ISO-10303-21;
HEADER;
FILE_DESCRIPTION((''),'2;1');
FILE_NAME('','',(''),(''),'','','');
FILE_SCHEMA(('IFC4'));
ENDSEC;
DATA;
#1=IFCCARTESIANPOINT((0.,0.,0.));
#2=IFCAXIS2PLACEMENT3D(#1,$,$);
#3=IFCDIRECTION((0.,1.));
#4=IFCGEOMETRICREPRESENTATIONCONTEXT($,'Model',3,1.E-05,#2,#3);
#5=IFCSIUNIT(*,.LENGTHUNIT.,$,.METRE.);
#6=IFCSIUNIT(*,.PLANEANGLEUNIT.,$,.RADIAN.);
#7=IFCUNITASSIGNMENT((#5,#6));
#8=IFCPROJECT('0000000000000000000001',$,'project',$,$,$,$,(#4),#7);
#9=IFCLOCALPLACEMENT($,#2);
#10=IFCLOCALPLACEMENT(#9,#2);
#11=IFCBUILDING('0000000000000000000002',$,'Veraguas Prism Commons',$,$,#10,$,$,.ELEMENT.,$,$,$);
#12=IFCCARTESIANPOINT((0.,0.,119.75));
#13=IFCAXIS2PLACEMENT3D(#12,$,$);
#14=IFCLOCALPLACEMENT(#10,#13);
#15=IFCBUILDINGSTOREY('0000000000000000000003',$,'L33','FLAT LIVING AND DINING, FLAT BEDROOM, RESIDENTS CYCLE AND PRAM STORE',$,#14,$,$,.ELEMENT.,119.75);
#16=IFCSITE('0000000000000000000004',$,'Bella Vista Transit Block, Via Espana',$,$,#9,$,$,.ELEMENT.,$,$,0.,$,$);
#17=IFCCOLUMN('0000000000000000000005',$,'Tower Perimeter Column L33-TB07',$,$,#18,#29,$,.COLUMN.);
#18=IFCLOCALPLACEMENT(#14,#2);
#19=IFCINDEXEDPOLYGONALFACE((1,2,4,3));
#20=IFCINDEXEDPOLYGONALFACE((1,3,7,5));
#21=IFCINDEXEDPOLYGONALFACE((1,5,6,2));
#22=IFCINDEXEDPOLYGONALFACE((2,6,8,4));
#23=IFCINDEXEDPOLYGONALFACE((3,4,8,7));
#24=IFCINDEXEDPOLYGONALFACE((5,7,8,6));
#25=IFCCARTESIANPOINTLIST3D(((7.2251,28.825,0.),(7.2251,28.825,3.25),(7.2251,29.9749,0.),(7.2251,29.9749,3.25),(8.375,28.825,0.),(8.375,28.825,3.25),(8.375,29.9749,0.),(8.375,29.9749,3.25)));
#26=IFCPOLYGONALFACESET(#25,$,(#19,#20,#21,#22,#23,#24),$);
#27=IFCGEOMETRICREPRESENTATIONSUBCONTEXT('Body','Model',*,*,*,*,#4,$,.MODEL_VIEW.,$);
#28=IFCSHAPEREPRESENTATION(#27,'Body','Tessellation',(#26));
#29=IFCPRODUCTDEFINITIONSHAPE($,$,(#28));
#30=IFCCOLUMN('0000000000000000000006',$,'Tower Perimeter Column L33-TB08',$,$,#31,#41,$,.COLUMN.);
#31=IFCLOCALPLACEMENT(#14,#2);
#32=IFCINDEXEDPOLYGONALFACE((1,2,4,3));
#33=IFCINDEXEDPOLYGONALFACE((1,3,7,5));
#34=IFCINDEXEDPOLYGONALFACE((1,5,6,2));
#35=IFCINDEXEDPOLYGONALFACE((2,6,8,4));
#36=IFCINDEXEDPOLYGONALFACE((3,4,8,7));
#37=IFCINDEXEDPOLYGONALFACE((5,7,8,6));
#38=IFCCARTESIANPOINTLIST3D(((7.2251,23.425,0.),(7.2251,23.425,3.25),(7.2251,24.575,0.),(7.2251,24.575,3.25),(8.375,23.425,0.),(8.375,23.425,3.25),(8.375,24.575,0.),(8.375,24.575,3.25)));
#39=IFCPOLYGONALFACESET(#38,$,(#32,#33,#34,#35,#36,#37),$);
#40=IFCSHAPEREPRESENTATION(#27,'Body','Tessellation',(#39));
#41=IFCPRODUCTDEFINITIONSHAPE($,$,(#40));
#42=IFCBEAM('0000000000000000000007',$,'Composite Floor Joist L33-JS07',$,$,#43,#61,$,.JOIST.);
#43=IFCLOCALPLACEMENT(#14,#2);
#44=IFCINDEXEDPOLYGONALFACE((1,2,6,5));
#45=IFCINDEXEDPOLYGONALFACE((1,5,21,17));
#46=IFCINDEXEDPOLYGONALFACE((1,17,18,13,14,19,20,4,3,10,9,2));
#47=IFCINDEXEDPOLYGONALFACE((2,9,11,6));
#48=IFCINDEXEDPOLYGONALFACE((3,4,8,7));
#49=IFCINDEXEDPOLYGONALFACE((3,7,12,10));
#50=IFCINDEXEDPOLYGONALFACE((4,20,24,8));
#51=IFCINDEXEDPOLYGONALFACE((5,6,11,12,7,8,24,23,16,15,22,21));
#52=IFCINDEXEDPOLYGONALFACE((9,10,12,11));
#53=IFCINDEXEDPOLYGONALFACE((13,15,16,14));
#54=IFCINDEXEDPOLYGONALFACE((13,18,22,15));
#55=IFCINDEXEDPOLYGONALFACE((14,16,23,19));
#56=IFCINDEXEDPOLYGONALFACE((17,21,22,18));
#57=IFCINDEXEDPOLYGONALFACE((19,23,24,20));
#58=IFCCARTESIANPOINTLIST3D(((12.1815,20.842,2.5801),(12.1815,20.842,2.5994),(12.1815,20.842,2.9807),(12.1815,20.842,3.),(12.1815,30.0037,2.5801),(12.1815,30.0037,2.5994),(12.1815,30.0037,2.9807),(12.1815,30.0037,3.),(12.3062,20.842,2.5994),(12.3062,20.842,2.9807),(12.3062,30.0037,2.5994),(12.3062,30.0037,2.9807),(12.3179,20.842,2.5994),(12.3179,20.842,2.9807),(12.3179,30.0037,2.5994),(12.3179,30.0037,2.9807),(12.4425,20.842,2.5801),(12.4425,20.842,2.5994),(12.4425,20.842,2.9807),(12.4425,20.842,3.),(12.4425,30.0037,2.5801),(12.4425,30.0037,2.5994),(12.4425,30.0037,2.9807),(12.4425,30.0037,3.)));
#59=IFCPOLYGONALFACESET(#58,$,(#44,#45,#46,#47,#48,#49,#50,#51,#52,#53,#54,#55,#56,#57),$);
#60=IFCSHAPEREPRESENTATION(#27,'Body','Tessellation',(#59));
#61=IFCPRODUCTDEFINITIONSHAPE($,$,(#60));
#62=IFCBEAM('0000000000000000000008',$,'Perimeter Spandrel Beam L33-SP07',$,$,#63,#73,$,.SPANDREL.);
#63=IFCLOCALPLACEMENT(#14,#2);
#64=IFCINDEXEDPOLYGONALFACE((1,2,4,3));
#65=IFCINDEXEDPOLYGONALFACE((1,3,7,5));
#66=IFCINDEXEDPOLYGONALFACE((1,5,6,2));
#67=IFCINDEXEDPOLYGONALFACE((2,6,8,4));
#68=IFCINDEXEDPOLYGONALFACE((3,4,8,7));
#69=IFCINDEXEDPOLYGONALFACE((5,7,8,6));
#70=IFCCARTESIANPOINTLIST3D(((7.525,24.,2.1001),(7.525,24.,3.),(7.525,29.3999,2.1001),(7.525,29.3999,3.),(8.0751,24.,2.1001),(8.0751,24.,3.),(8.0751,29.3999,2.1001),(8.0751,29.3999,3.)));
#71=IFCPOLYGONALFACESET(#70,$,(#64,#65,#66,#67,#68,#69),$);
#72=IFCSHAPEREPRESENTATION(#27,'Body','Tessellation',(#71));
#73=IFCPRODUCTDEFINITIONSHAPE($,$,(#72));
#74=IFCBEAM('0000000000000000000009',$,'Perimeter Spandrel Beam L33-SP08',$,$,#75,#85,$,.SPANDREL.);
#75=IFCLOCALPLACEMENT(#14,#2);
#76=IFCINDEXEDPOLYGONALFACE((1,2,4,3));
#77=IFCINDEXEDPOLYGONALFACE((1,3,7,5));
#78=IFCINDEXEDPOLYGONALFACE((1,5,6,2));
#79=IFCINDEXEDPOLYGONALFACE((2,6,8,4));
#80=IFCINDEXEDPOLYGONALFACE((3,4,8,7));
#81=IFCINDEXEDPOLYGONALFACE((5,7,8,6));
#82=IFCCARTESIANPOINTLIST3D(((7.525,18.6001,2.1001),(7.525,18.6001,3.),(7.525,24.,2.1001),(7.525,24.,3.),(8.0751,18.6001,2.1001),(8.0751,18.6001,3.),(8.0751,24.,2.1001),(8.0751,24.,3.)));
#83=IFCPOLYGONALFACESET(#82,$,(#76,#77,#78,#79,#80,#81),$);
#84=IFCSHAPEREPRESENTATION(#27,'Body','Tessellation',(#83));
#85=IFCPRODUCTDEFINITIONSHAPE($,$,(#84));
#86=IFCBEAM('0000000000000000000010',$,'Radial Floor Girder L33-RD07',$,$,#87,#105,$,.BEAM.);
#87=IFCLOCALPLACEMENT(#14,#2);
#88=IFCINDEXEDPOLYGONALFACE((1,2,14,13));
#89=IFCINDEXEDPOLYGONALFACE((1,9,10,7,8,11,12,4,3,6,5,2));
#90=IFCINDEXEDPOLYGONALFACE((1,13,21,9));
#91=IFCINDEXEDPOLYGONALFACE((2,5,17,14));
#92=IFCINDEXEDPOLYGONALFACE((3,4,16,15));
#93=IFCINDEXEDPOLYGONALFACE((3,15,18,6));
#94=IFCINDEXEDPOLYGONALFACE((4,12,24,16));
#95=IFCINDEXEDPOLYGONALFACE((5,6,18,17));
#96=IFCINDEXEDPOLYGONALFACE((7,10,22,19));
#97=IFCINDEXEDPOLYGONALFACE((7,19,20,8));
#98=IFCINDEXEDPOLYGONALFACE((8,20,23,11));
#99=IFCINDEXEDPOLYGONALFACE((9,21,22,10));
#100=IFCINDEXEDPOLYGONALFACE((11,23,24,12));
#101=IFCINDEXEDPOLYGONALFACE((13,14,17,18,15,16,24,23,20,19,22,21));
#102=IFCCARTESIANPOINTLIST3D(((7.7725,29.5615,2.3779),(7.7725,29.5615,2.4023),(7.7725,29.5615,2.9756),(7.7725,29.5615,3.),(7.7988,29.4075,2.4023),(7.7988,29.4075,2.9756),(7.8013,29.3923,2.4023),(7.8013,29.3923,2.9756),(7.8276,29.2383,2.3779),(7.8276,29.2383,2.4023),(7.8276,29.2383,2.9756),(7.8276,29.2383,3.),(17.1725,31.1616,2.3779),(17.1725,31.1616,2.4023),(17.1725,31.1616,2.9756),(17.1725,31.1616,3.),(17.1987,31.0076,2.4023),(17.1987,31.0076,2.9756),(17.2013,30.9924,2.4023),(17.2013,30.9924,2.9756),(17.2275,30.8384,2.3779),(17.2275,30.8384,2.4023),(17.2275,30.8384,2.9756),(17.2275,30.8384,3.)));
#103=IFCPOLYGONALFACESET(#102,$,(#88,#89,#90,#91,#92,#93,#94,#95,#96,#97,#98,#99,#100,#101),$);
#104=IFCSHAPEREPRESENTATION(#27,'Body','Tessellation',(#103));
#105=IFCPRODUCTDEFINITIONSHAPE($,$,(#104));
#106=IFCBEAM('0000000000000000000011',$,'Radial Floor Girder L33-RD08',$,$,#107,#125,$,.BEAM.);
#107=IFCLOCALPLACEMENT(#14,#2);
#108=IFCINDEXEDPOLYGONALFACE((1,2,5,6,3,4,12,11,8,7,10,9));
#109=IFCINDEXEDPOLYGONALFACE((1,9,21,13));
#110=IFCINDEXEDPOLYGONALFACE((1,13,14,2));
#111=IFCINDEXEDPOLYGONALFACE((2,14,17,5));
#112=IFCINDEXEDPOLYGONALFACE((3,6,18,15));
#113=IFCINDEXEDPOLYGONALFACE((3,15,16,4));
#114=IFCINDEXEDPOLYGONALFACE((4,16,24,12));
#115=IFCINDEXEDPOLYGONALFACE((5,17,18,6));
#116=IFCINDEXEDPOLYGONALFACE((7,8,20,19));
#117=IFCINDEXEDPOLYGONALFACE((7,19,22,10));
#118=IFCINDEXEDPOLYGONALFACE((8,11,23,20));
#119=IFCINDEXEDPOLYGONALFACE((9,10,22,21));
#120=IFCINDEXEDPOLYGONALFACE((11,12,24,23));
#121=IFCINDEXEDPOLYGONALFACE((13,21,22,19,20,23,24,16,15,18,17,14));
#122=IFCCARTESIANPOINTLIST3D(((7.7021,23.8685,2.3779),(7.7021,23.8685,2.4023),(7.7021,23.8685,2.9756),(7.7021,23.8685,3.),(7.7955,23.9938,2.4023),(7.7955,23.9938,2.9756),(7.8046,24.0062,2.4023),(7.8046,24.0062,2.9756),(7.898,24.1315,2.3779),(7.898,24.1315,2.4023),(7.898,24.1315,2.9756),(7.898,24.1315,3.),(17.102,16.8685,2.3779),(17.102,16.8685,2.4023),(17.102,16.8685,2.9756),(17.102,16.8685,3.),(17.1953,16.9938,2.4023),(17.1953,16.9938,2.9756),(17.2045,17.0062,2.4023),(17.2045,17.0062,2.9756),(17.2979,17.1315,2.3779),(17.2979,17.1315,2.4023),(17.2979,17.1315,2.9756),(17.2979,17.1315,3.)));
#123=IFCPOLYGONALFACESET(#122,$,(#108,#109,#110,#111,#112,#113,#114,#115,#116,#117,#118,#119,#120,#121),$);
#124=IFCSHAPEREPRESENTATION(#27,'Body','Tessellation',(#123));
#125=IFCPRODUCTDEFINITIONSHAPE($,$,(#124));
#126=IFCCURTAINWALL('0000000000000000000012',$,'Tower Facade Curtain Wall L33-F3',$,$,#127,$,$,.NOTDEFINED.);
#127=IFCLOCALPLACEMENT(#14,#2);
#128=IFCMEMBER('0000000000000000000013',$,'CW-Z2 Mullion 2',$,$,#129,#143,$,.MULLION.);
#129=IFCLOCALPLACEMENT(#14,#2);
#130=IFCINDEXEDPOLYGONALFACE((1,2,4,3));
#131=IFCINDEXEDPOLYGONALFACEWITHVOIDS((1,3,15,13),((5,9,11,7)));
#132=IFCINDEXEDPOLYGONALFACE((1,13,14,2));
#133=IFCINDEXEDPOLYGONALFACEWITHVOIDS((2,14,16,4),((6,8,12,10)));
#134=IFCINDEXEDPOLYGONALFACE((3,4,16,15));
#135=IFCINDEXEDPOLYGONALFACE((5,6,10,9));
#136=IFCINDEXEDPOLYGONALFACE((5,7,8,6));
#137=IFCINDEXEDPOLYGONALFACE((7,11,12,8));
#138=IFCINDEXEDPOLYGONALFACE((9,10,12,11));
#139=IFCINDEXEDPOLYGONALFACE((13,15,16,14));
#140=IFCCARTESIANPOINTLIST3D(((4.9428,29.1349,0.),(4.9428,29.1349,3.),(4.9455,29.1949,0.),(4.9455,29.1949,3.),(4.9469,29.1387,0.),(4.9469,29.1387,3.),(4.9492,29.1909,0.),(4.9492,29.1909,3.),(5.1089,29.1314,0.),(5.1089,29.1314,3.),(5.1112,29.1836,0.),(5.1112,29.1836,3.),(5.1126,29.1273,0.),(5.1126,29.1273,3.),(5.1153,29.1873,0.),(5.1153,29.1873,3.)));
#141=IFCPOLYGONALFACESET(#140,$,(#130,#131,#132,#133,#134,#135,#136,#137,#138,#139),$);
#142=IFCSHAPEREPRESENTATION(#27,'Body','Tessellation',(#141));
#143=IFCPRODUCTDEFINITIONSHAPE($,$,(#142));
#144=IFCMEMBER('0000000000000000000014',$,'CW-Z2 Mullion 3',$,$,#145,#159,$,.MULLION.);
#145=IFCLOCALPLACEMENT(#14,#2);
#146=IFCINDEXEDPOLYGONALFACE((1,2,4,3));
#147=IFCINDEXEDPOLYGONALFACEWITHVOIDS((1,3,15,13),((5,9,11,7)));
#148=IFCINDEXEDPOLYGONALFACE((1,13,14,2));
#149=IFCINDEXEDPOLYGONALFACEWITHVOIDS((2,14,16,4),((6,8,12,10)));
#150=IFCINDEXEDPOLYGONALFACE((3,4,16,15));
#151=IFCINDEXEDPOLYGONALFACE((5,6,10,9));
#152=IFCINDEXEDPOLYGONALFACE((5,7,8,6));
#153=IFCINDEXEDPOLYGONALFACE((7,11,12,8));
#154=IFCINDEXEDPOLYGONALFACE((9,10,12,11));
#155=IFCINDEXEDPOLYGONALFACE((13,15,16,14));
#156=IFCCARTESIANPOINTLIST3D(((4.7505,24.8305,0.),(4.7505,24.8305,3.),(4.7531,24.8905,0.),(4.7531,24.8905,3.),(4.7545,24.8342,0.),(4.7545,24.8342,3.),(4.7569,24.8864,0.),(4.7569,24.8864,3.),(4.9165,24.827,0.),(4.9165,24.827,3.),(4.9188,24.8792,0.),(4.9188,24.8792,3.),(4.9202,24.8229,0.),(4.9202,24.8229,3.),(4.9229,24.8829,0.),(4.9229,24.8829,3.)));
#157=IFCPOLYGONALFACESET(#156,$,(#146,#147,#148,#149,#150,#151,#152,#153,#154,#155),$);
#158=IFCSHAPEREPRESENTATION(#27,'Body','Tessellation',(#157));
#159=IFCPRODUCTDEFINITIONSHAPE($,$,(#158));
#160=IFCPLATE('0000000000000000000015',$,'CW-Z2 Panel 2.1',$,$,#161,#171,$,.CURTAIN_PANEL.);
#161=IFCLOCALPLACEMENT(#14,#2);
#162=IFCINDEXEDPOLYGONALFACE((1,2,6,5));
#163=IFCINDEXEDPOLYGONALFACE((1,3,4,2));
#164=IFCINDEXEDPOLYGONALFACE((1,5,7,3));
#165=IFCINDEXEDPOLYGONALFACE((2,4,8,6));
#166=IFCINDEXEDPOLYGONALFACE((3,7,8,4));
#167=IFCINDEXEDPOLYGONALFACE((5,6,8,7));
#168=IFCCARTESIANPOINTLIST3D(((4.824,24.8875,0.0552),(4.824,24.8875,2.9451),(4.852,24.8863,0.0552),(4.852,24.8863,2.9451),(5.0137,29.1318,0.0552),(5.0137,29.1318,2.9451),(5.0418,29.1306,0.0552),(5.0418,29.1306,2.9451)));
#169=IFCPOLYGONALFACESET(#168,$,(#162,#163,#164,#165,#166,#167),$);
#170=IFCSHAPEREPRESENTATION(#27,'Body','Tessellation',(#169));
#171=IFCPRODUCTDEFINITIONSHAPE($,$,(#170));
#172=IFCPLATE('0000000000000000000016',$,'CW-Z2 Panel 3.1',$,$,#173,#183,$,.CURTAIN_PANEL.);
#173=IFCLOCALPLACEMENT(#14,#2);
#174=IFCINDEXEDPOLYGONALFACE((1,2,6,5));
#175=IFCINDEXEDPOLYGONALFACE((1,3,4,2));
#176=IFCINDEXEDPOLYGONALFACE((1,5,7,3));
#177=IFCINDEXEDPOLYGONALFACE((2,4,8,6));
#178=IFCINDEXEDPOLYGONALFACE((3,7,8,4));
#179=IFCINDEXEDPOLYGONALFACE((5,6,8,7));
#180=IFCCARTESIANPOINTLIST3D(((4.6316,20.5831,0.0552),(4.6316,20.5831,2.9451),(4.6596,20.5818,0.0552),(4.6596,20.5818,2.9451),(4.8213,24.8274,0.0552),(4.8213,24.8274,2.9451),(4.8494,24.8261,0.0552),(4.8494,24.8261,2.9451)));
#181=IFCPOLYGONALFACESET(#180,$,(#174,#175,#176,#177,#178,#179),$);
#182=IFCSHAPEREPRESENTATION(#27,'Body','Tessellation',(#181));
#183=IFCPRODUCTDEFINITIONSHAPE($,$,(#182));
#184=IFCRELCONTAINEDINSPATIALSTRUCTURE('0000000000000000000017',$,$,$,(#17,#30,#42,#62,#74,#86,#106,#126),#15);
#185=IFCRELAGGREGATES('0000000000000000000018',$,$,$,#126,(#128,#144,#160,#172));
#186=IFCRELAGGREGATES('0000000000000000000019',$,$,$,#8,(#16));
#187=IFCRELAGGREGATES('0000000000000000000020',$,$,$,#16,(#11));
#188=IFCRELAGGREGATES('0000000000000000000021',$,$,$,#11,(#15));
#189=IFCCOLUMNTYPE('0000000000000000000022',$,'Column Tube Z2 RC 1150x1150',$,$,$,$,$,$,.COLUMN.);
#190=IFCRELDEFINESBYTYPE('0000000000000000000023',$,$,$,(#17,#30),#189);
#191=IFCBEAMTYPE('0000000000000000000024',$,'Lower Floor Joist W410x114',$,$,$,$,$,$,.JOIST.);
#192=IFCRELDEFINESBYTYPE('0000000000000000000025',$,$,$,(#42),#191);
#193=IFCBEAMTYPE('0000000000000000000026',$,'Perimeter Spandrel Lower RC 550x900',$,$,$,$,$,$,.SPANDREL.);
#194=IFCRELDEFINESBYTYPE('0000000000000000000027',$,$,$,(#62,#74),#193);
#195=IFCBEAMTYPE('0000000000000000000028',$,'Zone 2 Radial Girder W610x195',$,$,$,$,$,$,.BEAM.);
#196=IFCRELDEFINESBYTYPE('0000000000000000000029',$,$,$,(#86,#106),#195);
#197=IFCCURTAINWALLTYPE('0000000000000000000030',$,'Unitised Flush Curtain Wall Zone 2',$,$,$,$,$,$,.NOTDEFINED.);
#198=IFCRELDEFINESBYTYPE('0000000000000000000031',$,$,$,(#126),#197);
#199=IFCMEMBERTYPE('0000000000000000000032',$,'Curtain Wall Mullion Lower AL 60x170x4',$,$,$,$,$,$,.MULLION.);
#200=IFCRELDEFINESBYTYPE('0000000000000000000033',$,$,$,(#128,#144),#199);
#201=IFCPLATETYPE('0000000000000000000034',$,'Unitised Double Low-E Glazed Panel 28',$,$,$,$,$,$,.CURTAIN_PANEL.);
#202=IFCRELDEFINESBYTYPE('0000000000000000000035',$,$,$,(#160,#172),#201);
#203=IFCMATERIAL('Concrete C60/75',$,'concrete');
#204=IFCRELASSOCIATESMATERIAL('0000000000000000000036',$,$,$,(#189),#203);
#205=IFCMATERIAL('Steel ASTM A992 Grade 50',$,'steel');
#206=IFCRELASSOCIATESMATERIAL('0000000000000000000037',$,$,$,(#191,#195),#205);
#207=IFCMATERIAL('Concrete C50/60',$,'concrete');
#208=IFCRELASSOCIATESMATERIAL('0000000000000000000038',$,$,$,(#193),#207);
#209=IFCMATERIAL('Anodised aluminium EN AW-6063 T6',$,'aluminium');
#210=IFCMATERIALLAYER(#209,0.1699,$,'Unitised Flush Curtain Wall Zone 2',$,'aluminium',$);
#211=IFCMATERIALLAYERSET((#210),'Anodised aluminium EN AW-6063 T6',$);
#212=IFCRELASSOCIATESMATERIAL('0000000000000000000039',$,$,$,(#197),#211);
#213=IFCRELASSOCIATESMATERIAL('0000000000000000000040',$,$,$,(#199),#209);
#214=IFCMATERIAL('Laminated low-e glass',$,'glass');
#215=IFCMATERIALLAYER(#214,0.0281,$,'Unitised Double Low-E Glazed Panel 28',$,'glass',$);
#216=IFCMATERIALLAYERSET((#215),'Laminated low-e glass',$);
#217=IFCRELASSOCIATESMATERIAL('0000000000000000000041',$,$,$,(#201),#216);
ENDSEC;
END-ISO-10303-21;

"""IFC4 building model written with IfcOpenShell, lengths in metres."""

from ifc_helpers import new_model, si_unit, direction, frame, origin, origin_2d, place, context, subcontext, project, spatial, rectangle, hollow_rectangle, i_section, extrude, source, transform, mapped, material, layer, layer_set, material_profile, profile_set, type_object, element, aggregate, save


model = new_model("IFC4")

# Units and contexts
model_context = context("Model", 3, precision=1e-05, world=origin(), true_north=direction((0.0, 1.0)))
body_context = subcontext(model_context, "Body", "Model", "MODEL_VIEW")
ifc_project = project(units=[si_unit("LENGTHUNIT", "METRE"), si_unit("PLANEANGLEUNIT", "RADIAN")], contexts=[model_context])

# Site, building, storey
site_placement = place(None, origin())
site = spatial("IfcSite", under=ifc_project, at=site_placement, Name="Bella Vista Transit Block, Via Espana", CompositionType="ELEMENT", RefElevation=0.0)
building_placement = place(site_placement, origin())
building = spatial("IfcBuilding", under=site, at=building_placement, Name="Veraguas Prism Commons", CompositionType="ELEMENT")
storey_placement = place(building_placement, frame((0.0, 0.0, 119.75)))
storey = spatial("IfcBuildingStorey", under=building, at=storey_placement, Name="L33", Description="FLAT LIVING AND DINING, FLAT BEDROOM, RESIDENTS CYCLE AND PRAM STORE", CompositionType="ELEMENT", Elevation=119.75)

# Columns
ifc_material_1 = material(Name="Concrete C60/75", Category="concrete")
ifc_material_profile_1 = material_profile(ifc_material_1, rectangle(XDim=1.1499, YDim=1.1499, at=origin_2d()), Name="RC1150X1150")
ifc_profile_set_1 = profile_set([ifc_material_profile_1], Name="Concrete C60/75")
column_type = type_object("IfcColumnType", Name="Column Tube Z2 RC 1150x1150", PredefinedType="COLUMN", material=ifc_profile_set_1)
for number, where, z_axis, x_axis, name in (
    (1, (7.8, 29.3999, 0.0), (0.0, 0.0, 1.0), (1.0, 0.0, 0.0), "Tower Perimeter Column L33-TB07"),
    (2, (7.8, 24.0, 0.0), (0.0, 0.0, 1.0), (1.0, 0.0, 0.0), "Tower Perimeter Column L33-TB08"),
):
    element("IfcColumn", number, at=place(storey_placement, frame(where, z_axis=z_axis, x_axis=x_axis)), inside=storey, type_object=column_type, Name=name, PredefinedType="COLUMN", context=body_context, shape_type="SweptSolid", body=[
        extrude(rectangle(XDim=1.1499, YDim=1.1499, at=origin_2d()), origin(), (0.0, 0.0, 1.0), 3.25),
    ])

# Beams
ifc_material_2 = material(Name="Steel ASTM A992 Grade 50", Category="steel")
ifc_material_profile_2 = material_profile(ifc_material_2, i_section(OverallWidth=0.261, OverallDepth=0.4199, WebThickness=0.0117, FlangeThickness=0.0193, at=origin_2d()), Name="W410X114")
ifc_profile_set_2 = profile_set([ifc_material_profile_2], Name="Steel ASTM A992 Grade 50")
beam_type_1 = type_object("IfcBeamType", Name="Lower Floor Joist W410x114", PredefinedType="JOIST", material=ifc_profile_set_2)
beam_1_placement = place(storey_placement, frame((12.312, 30.0037, 2.79), z_axis=(0.0, -1.0, 0.0), x_axis=(1.0, 0.0, 0.0)))
element("IfcBeam", 3, at=beam_1_placement, inside=storey, type_object=beam_type_1, Name="Composite Floor Joist L33-JS07", PredefinedType="JOIST", context=body_context, shape_type="SweptSolid", body=[
    extrude(i_section(OverallWidth=0.261, OverallDepth=0.4199, WebThickness=0.0117, FlangeThickness=0.0193, at=origin_2d()), origin(), (0.0, 0.0, 1.0), 9.1616),
])
ifc_material_3 = material(Name="Concrete C50/60", Category="concrete")
ifc_material_profile_3 = material_profile(ifc_material_3, rectangle(XDim=0.55, YDim=0.8999, at=origin_2d()), Name="RC550X900")
ifc_profile_set_3 = profile_set([ifc_material_profile_3], Name="Concrete C50/60")
beam_type_2 = type_object("IfcBeamType", Name="Perimeter Spandrel Lower RC 550x900", PredefinedType="SPANDREL", material=ifc_profile_set_3)
for number, where, z_axis, x_axis, name in (
    (4, (7.8, 29.3999, 2.55), (0.0, -1.0, 0.0), (1.0, 0.0, 0.0), "Perimeter Spandrel Beam L33-SP07"),
    (5, (7.8, 24.0, 2.55), (0.0, -1.0, 0.0), (1.0, 0.0, 0.0), "Perimeter Spandrel Beam L33-SP08"),
):
    element("IfcBeam", number, at=place(storey_placement, frame(where, z_axis=z_axis, x_axis=x_axis)), inside=storey, type_object=beam_type_2, Name=name, PredefinedType="SPANDREL", context=body_context, shape_type="SweptSolid", body=[
        extrude(rectangle(XDim=0.55, YDim=0.8999, at=origin_2d()), origin(), (0.0, 0.0, 1.0), 5.3999),
    ])
ifc_material_profile_4 = material_profile(ifc_material_2, i_section(OverallWidth=0.3279, OverallDepth=0.6221, WebThickness=0.0154, FlangeThickness=0.0244, at=origin_2d()), Name="W610X195")
ifc_profile_set_4 = profile_set([ifc_material_profile_4], Name="Steel ASTM A992 Grade 50")
beam_type_3 = type_object("IfcBeamType", Name="Zone 2 Radial Girder W610x195", PredefinedType="BEAM", material=ifc_profile_set_4)
beam_2_placement = place(storey_placement, frame((7.8, 29.3999, 2.689), z_axis=(0.985819, 0.167811, 0.0), x_axis=(-0.167811, 0.985819, 0.0)))
element("IfcBeam", 6, at=beam_2_placement, inside=storey, type_object=beam_type_3, Name="Radial Floor Girder L33-RD07", PredefinedType="BEAM", context=body_context, shape_type="SweptSolid", body=[
    extrude(i_section(OverallWidth=0.3279, OverallDepth=0.6221, WebThickness=0.0154, FlangeThickness=0.0244, at=origin_2d()), origin(), (0.0, 0.0, 1.0), 9.5352),
])
beam_3_placement = place(storey_placement, frame((7.8, 24.0, 2.689), z_axis=(0.80204, -0.59727, 0.0), x_axis=(0.59727, 0.80204, 0.0)))
element("IfcBeam", 7, at=beam_3_placement, inside=storey, type_object=beam_type_3, Name="Radial Floor Girder L33-RD08", PredefinedType="BEAM", context=body_context, shape_type="SweptSolid", body=[
    extrude(i_section(OverallWidth=0.3279, OverallDepth=0.6221, WebThickness=0.0154, FlangeThickness=0.0244, at=origin_2d()), origin(), (0.0, 0.0, 1.0), 11.72),
])

# Curtain wall, members, plates
ifc_material_4 = material(Name="Anodised aluminium EN AW-6063 T6", Category="aluminium")
ifc_layer_1 = layer(ifc_material_4, 0.1699, Name="Unitised Flush Curtain Wall Zone 2", Category="aluminium")
ifc_layer_set_1 = layer_set([ifc_layer_1], Name="Anodised aluminium EN AW-6063 T6")
curtain_wall_type = type_object("IfcCurtainWallType", Name="Unitised Flush Curtain Wall Zone 2", PredefinedType="NOTDEFINED", material=ifc_layer_set_1)
curtain_wall_placement = place(storey_placement, origin())
curtain_wall = element("IfcCurtainWall", 8, at=curtain_wall_placement, inside=storey, type_object=curtain_wall_type, Name="Tower Facade Curtain Wall L33-F3", PredefinedType="NOTDEFINED")
ifc_material_profile_5 = material_profile(ifc_material_4, hollow_rectangle(XDim=0.0601, YDim=0.1699, WallThickness=0.0039, at=origin_2d()), Name="AL60X170X4")
ifc_profile_set_5 = profile_set([ifc_material_profile_5], Name="Anodised aluminium EN AW-6063 T6")
member_type = type_object("IfcMemberType", Name="Curtain Wall Mullion Lower AL 60x170x4", PredefinedType="MULLION", material=ifc_profile_set_5)
shared_shape_1 = source(origin(), body_context, "Body", "SweptSolid", [
    extrude(hollow_rectangle(XDim=0.0601, YDim=0.1699, WallThickness=0.0039, at=origin_2d()), origin(), (0.0, 0.0, 1.0), 3.0),
])
member_1_placement = place(storey_placement, frame((5.0291, 29.1611, 0.0), z_axis=(0.0, 0.0, 1.0), x_axis=(-0.044667, -0.999002, 0.0)))
member_1 = element("IfcMember", 9, at=member_1_placement, type_object=member_type, Name="CW-Z2 Mullion 2", PredefinedType="MULLION", context=body_context, shape_type="MappedRepresentation", body=[
    mapped(shared_shape_1, transform((0.0, 0.0, 0.0), scale=1.0)),
])
member_2_placement = place(storey_placement, frame((4.8367, 24.8567, 0.0), z_axis=(0.0, 0.0, 1.0), x_axis=(-0.044667, -0.999002, 0.0)))
member_2 = element("IfcMember", 10, at=member_2_placement, type_object=member_type, Name="CW-Z2 Mullion 3", PredefinedType="MULLION", context=body_context, shape_type="MappedRepresentation", body=[
    mapped(shared_shape_1, transform((0.0, 0.0, 0.0), scale=1.0)),
])
ifc_material_5 = material(Name="Laminated low-e glass", Category="glass")
ifc_layer_2 = layer(ifc_material_5, 0.0281, Name="Unitised Double Low-E Glazed Panel 28", Category="glass")
ifc_layer_set_2 = layer_set([ifc_layer_2], Name="Laminated low-e glass")
plate_type = type_object("IfcPlateType", Name="Unitised Double Low-E Glazed Panel 28", PredefinedType="CURTAIN_PANEL", material=ifc_layer_set_2)
shared_shape_2 = source(origin(), body_context, "Body", "SweptSolid", [
    extrude(rectangle(XDim=4.2485, YDim=0.0281, at=origin_2d()), origin(), (0.0, 0.0, 1.0), 2.8899),
])
plate_1_placement = place(storey_placement, frame((4.9329, 27.009, 0.0552), z_axis=(0.0, 0.0, 1.0), x_axis=(-0.044667, -0.999002, 0.0)))
plate_1 = element("IfcPlate", 11, at=plate_1_placement, type_object=plate_type, Name="CW-Z2 Panel 2.1", PredefinedType="CURTAIN_PANEL", context=body_context, shape_type="MappedRepresentation", body=[
    mapped(shared_shape_2, transform((0.0, 0.0, 0.0), scale=1.0)),
])
plate_2_placement = place(storey_placement, frame((4.7405, 22.7046, 0.0552), z_axis=(0.0, 0.0, 1.0), x_axis=(-0.044667, -0.999002, 0.0)))
plate_2 = element("IfcPlate", 12, at=plate_2_placement, type_object=plate_type, Name="CW-Z2 Panel 3.1", PredefinedType="CURTAIN_PANEL", context=body_context, shape_type="MappedRepresentation", body=[
    mapped(shared_shape_2, transform((0.0, 0.0, 0.0), scale=1.0)),
])
aggregate(curtain_wall, [member_1, member_2, plate_1, plate_2])

save(model, "model.ifc")
